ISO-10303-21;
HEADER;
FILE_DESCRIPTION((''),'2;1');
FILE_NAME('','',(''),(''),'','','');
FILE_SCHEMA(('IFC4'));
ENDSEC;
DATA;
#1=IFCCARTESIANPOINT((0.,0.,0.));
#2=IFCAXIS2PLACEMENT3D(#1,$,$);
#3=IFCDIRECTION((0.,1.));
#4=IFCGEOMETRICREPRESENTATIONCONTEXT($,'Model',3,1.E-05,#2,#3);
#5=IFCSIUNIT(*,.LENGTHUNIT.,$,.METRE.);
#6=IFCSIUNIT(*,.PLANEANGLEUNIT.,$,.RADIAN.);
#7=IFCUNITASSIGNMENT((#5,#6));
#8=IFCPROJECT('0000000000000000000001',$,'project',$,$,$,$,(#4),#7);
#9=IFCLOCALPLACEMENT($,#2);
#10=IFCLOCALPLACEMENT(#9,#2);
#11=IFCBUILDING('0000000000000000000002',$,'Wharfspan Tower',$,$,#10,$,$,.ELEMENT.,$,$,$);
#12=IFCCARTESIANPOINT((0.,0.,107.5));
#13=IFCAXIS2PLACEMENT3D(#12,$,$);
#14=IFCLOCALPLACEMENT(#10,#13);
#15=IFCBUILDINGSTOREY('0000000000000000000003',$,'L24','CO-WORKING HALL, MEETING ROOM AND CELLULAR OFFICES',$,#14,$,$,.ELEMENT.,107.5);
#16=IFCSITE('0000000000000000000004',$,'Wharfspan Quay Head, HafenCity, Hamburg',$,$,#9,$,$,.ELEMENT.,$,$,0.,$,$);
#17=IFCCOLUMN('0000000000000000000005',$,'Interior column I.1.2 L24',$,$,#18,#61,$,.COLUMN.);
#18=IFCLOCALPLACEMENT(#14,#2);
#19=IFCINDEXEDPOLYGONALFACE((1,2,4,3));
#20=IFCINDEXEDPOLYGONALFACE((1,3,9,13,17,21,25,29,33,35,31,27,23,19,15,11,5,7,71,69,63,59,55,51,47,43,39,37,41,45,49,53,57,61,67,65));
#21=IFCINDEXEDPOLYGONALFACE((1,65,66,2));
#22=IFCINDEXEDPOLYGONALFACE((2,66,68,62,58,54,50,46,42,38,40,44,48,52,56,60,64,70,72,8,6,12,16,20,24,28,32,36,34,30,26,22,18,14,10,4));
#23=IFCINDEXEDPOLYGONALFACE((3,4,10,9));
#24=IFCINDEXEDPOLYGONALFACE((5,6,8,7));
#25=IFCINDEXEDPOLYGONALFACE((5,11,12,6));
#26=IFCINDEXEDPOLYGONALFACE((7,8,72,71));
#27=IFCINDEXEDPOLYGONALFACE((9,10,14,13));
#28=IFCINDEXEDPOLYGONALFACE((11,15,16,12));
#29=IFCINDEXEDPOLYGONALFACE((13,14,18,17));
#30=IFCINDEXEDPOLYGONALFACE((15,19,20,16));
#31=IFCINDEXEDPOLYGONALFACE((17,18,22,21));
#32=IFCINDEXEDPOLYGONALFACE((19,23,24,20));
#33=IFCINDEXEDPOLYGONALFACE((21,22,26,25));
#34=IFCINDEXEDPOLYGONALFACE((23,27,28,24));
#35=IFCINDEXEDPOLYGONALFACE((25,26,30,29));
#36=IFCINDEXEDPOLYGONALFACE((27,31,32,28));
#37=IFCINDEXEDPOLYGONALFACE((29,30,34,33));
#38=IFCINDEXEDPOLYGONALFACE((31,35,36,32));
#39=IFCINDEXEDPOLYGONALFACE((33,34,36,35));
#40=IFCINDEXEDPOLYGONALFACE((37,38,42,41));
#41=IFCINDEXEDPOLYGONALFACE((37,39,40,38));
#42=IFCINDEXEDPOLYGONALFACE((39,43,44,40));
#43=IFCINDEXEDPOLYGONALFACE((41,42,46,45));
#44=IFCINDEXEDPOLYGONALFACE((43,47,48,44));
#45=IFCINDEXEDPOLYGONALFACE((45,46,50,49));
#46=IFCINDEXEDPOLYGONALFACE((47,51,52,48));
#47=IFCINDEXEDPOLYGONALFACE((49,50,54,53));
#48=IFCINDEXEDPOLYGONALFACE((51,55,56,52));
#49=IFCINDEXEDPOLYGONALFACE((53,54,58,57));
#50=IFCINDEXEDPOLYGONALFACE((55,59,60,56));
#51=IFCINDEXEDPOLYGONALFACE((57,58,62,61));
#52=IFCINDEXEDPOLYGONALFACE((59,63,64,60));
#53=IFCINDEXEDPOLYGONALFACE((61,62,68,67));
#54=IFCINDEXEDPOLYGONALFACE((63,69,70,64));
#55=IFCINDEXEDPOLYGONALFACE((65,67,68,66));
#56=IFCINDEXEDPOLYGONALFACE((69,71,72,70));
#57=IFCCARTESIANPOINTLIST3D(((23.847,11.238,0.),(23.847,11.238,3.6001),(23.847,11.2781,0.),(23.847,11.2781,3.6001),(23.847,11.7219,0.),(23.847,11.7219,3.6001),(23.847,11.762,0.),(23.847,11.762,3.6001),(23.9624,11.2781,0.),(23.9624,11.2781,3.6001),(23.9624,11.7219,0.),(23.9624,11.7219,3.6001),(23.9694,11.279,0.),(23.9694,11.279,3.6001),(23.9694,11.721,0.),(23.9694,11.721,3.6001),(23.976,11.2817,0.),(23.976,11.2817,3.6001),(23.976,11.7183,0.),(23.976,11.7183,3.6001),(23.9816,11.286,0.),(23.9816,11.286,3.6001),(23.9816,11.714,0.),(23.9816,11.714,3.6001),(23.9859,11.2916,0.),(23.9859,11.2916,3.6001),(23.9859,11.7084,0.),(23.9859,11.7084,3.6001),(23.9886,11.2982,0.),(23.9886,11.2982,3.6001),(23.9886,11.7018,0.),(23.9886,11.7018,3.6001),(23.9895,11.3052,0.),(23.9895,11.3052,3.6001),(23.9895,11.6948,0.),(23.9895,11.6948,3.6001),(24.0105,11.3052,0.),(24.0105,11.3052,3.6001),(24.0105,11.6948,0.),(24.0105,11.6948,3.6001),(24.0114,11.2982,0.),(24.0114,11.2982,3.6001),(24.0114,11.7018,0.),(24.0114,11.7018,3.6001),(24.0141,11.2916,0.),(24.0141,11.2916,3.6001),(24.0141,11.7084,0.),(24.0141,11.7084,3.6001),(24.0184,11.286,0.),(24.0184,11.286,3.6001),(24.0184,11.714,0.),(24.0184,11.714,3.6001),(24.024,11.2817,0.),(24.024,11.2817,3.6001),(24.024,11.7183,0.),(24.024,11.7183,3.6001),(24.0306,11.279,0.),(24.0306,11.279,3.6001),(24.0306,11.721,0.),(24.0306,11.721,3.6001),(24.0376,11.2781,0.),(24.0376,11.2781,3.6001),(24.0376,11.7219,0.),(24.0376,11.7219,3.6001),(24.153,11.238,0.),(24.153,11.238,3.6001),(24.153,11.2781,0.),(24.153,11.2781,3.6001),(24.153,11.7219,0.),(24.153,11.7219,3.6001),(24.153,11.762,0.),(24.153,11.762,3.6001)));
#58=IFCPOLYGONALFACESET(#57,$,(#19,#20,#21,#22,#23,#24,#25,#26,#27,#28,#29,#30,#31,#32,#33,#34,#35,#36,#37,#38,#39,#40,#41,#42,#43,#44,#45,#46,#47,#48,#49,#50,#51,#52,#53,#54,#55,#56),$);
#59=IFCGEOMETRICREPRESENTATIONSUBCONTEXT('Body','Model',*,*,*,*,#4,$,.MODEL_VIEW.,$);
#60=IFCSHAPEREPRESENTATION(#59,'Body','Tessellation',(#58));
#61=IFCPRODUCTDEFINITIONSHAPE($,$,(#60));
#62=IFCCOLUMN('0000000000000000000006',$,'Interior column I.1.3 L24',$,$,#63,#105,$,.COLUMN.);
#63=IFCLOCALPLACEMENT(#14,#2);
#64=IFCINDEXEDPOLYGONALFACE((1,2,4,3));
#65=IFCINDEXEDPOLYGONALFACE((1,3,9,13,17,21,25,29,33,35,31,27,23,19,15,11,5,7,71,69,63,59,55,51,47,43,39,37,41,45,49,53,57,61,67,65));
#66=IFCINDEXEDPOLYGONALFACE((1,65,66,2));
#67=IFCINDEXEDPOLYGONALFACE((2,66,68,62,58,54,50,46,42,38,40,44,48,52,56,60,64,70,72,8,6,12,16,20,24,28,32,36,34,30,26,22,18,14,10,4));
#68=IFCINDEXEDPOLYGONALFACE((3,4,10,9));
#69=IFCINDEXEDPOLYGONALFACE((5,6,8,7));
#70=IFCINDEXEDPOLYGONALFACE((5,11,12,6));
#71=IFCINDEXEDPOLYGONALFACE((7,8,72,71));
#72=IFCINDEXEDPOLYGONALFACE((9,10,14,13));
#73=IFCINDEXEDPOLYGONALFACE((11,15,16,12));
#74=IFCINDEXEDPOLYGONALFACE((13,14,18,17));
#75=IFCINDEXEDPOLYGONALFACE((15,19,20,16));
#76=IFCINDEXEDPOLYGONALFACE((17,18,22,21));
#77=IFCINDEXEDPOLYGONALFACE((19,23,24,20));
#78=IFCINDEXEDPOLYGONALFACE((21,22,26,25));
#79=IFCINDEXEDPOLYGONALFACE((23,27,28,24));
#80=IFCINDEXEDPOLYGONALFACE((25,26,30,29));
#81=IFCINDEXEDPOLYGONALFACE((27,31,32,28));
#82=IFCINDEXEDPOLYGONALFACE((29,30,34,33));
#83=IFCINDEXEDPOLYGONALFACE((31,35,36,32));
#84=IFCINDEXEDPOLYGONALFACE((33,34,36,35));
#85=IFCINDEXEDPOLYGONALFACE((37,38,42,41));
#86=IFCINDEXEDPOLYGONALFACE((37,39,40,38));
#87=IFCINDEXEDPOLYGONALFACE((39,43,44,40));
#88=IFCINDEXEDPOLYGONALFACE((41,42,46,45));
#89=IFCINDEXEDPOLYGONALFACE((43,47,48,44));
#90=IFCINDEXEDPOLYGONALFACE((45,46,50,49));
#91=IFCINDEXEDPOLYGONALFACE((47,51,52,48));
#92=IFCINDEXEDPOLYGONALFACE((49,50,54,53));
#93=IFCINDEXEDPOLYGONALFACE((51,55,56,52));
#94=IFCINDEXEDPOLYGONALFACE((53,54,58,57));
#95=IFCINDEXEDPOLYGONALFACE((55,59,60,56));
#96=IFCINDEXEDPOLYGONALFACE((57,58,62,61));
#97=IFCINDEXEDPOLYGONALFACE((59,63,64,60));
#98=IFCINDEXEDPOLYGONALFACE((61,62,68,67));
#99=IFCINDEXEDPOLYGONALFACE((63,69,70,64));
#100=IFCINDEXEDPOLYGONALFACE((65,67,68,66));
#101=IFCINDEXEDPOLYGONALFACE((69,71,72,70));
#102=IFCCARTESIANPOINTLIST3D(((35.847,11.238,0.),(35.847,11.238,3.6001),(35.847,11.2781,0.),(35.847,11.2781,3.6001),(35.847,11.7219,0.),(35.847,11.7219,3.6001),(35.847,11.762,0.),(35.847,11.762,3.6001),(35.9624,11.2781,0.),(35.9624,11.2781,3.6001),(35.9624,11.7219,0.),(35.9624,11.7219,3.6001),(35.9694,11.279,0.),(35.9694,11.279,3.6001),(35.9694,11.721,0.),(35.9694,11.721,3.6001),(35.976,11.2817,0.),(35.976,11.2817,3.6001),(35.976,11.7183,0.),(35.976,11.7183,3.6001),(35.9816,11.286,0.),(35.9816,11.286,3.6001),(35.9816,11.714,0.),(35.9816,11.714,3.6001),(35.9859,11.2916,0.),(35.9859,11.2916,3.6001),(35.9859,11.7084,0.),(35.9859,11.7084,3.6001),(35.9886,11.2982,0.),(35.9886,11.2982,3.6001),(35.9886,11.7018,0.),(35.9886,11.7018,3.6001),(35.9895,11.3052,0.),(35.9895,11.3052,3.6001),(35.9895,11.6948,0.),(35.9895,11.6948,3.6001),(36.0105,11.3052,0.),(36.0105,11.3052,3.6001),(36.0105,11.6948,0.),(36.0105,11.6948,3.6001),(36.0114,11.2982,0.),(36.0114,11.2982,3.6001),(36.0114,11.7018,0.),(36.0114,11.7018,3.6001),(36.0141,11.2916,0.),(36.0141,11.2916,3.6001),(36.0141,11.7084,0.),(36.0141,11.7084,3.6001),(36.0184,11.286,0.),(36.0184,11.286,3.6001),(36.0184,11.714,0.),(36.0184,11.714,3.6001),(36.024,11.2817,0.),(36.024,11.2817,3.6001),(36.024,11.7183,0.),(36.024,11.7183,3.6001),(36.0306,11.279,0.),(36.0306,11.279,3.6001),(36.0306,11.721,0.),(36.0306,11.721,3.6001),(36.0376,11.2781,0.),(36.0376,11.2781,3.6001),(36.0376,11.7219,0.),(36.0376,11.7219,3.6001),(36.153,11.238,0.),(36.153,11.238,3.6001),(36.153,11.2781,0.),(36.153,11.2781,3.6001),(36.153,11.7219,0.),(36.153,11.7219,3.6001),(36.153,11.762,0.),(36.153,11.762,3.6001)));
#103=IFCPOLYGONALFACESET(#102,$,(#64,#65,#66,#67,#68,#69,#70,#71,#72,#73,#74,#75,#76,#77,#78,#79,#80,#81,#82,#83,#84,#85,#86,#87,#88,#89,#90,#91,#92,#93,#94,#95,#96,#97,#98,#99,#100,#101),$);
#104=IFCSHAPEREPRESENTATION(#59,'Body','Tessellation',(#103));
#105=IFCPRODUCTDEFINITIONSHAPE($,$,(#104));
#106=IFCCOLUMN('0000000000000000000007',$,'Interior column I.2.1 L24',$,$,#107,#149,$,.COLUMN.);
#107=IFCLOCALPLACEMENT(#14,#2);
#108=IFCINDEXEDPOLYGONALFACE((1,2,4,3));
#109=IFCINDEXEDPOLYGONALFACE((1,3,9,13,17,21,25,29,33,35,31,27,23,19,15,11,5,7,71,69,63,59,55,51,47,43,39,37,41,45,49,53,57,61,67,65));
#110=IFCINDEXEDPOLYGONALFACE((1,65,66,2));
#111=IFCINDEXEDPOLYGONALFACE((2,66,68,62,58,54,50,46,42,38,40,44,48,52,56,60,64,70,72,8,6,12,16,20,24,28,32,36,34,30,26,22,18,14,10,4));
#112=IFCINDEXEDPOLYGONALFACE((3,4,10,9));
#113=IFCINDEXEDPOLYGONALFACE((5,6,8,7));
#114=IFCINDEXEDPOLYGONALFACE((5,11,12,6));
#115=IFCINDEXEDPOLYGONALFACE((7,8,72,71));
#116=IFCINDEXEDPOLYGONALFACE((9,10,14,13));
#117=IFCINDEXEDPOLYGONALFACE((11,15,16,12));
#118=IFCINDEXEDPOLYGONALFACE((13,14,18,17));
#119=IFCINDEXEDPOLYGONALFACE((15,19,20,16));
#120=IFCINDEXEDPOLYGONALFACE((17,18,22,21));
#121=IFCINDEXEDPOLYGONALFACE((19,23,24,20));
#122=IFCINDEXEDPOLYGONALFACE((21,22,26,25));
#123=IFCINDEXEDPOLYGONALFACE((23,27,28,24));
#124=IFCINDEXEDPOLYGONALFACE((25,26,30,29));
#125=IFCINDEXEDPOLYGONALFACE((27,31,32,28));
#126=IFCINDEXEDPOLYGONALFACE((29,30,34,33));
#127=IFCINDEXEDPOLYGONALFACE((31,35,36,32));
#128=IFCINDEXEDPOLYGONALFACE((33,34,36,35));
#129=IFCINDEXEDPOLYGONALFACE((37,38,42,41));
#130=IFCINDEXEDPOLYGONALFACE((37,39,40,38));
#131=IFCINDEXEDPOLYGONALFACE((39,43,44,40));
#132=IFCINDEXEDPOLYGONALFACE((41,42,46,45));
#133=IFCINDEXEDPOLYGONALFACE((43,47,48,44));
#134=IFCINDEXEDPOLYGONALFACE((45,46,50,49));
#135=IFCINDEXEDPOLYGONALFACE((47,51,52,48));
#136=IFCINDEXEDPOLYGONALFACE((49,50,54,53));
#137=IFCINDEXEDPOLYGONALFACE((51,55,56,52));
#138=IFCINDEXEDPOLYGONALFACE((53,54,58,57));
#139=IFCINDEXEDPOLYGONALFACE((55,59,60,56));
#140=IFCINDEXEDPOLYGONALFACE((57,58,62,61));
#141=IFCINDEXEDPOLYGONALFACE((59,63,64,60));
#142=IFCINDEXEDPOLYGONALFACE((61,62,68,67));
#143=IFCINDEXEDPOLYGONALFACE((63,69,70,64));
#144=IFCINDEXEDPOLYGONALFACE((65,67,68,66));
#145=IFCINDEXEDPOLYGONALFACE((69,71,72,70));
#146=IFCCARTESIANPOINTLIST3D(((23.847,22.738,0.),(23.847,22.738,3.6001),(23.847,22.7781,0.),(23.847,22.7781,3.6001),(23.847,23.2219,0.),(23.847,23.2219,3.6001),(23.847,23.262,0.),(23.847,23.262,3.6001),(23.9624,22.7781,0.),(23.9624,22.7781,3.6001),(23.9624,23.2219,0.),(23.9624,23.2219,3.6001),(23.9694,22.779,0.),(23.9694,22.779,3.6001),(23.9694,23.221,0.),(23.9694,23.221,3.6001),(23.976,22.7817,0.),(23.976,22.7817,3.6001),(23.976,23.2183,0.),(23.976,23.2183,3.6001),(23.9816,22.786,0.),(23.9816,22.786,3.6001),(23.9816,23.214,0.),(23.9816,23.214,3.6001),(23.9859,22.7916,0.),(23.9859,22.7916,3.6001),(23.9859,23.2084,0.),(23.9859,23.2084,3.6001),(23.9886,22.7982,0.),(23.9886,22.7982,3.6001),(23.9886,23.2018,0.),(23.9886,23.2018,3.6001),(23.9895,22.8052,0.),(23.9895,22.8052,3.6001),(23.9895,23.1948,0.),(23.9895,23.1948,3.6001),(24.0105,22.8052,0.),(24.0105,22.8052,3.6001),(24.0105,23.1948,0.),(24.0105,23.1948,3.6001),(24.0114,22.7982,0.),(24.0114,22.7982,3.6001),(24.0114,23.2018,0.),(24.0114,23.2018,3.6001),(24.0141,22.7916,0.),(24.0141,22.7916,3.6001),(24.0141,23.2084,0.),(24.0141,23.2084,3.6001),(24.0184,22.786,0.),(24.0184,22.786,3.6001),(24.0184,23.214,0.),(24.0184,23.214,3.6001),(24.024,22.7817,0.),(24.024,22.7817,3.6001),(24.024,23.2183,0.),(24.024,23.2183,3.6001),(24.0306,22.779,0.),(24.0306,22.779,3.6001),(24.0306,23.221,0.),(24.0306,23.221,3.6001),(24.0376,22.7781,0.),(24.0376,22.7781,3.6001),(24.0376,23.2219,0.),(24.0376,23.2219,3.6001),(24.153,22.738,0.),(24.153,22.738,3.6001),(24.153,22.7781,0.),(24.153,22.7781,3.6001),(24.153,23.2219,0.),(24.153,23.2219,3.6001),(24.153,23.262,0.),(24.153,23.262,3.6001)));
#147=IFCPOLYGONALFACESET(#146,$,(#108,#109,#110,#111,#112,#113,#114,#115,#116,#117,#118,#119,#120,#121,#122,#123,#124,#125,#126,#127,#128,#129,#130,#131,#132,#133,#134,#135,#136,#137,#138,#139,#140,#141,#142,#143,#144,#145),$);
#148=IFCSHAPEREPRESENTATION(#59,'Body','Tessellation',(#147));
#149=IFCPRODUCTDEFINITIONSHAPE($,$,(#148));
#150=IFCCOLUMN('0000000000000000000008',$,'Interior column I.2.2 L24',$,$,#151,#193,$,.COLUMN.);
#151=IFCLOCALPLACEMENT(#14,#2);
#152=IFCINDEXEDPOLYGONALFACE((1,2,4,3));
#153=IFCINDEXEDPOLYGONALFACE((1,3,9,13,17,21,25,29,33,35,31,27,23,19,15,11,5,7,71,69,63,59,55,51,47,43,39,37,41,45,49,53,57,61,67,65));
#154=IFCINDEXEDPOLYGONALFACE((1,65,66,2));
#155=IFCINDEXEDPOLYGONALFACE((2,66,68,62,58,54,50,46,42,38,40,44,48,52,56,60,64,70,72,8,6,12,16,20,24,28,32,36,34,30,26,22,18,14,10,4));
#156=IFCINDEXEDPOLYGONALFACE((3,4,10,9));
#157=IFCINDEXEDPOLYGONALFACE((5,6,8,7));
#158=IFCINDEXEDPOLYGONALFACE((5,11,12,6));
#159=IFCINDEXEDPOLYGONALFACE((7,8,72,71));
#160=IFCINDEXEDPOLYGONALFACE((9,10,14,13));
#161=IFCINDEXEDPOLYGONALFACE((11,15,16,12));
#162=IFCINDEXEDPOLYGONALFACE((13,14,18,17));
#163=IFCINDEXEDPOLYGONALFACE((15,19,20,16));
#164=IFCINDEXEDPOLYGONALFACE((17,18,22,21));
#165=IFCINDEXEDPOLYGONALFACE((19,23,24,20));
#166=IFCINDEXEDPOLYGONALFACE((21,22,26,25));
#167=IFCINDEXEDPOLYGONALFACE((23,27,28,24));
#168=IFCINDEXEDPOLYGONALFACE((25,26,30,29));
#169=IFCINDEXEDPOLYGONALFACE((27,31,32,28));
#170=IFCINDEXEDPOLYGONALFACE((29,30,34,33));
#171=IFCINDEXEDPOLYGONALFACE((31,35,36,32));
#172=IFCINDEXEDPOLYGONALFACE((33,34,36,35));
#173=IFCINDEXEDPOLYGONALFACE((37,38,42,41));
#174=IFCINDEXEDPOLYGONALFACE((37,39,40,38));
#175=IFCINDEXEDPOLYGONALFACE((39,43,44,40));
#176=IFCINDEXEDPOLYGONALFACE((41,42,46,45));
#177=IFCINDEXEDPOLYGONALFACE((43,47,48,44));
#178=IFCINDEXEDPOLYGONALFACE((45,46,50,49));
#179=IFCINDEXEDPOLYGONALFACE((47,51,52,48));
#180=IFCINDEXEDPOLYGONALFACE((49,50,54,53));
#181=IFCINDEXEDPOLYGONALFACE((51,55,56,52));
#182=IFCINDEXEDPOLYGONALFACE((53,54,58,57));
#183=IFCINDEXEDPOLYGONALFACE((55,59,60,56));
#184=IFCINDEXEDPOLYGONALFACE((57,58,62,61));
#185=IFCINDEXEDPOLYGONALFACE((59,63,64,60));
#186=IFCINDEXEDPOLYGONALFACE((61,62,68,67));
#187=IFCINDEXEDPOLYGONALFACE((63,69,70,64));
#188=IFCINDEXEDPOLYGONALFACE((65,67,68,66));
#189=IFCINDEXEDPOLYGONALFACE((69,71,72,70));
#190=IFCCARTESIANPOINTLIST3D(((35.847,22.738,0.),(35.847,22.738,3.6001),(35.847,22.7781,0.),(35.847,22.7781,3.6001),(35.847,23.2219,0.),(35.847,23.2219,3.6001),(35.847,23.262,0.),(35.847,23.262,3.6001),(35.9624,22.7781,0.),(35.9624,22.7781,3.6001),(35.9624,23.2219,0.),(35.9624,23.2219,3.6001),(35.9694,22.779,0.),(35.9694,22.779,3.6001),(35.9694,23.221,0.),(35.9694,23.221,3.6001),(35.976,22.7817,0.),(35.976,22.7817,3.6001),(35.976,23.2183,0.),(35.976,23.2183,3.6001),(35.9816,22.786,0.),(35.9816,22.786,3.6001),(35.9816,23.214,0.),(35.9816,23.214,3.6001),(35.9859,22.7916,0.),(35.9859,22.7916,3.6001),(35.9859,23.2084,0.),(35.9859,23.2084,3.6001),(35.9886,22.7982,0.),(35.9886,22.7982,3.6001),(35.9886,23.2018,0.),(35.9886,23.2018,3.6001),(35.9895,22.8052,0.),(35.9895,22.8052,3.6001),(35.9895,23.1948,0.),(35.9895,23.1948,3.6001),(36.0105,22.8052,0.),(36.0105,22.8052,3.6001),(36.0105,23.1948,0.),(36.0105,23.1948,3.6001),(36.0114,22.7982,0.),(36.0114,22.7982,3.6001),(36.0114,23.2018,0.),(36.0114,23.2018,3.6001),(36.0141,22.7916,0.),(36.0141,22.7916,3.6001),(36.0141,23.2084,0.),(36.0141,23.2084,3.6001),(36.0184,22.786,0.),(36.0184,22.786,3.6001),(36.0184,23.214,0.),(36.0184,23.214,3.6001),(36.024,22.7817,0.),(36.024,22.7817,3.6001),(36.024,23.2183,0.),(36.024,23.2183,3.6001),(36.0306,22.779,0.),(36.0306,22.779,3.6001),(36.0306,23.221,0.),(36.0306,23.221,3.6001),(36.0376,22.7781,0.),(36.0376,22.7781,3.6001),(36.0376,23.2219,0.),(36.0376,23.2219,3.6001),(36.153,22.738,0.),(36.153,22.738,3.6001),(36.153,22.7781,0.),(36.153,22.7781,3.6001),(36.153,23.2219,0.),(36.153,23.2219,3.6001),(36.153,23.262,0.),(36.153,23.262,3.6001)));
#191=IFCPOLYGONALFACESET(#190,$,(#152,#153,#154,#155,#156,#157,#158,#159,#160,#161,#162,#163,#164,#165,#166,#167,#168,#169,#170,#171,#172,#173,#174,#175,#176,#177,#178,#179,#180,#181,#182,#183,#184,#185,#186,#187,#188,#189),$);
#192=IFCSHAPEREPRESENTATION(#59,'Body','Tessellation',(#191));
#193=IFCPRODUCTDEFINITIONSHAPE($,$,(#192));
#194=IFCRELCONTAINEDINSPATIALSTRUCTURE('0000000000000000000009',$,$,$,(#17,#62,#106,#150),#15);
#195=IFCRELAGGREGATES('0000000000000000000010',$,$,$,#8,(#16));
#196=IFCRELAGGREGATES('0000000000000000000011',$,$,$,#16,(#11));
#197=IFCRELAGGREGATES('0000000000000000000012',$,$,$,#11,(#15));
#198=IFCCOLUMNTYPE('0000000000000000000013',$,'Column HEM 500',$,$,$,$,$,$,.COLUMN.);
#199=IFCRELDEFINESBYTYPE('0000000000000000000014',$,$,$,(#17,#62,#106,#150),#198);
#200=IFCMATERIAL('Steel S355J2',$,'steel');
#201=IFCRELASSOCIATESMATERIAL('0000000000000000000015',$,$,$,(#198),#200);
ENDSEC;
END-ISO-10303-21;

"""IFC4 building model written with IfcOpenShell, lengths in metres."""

from ifc_helpers import new_model, si_unit, direction, frame, origin, origin_2d, place, context, subcontext, project, spatial, i_section, extrude, material, material_profile, profile_set, type_object, element, save


model = new_model("IFC4")

# Units and contexts
model_context = context("Model", 3, precision=1e-05, world=origin(), true_north=direction((0.0, 1.0)))
body_context = subcontext(model_context, "Body", "Model", "MODEL_VIEW")
ifc_project = project(units=[si_unit("LENGTHUNIT", "METRE"), si_unit("PLANEANGLEUNIT", "RADIAN")], contexts=[model_context])

# Site, building, storey
site_placement = place(None, origin())
site = spatial("IfcSite", under=ifc_project, at=site_placement, Name="Wharfspan Quay Head, HafenCity, Hamburg", CompositionType="ELEMENT", RefElevation=0.0)
building_placement = place(site_placement, origin())
building = spatial("IfcBuilding", under=site, at=building_placement, Name="Wharfspan Tower", CompositionType="ELEMENT")
storey_placement = place(building_placement, frame((0.0, 0.0, 107.5)))
storey = spatial("IfcBuildingStorey", under=building, at=storey_placement, Name="L24", Description="CO-WORKING HALL, MEETING ROOM AND CELLULAR OFFICES", CompositionType="ELEMENT", Elevation=107.5)

# Columns
ifc_material_1 = material(Name="Steel S355J2", Category="steel")
ifc_material_profile = material_profile(ifc_material_1, i_section(OverallWidth=0.3059, OverallDepth=0.5239, WebThickness=0.021, FlangeThickness=0.04, FilletRadius=0.0271, at=origin_2d()))
ifc_profile_set = profile_set([ifc_material_profile], Name="Steel S355J2")
column_type = type_object("IfcColumnType", Name="Column HEM 500", PredefinedType="COLUMN", material=ifc_profile_set)
for number, where, z_axis, x_axis, name in (
    (1, (24.0, 11.5, 0.0), (0.0, 0.0, 1.0), (1.0, 0.0, 0.0), "Interior column I.1.2 L24"),
    (2, (36.0, 11.5, 0.0), (0.0, 0.0, 1.0), (1.0, 0.0, 0.0), "Interior column I.1.3 L24"),
    (3, (24.0, 23.0, 0.0), (0.0, 0.0, 1.0), (1.0, 0.0, 0.0), "Interior column I.2.1 L24"),
    (4, (36.0, 23.0, 0.0), (0.0, 0.0, 1.0), (1.0, 0.0, 0.0), "Interior column I.2.2 L24"),
):
    element("IfcColumn", number, at=place(storey_placement, frame(where, z_axis=z_axis, x_axis=x_axis)), inside=storey, type_object=column_type, Name=name, PredefinedType="COLUMN", context=body_context, shape_type="SweptSolid", body=[
        extrude(i_section(OverallWidth=0.3059, OverallDepth=0.5239, WebThickness=0.021, FlangeThickness=0.04, FilletRadius=0.0271, at=origin_2d()), origin(), (0.0, 0.0, 1.0), 3.6001),
    ])

save(model, "model.ifc")
